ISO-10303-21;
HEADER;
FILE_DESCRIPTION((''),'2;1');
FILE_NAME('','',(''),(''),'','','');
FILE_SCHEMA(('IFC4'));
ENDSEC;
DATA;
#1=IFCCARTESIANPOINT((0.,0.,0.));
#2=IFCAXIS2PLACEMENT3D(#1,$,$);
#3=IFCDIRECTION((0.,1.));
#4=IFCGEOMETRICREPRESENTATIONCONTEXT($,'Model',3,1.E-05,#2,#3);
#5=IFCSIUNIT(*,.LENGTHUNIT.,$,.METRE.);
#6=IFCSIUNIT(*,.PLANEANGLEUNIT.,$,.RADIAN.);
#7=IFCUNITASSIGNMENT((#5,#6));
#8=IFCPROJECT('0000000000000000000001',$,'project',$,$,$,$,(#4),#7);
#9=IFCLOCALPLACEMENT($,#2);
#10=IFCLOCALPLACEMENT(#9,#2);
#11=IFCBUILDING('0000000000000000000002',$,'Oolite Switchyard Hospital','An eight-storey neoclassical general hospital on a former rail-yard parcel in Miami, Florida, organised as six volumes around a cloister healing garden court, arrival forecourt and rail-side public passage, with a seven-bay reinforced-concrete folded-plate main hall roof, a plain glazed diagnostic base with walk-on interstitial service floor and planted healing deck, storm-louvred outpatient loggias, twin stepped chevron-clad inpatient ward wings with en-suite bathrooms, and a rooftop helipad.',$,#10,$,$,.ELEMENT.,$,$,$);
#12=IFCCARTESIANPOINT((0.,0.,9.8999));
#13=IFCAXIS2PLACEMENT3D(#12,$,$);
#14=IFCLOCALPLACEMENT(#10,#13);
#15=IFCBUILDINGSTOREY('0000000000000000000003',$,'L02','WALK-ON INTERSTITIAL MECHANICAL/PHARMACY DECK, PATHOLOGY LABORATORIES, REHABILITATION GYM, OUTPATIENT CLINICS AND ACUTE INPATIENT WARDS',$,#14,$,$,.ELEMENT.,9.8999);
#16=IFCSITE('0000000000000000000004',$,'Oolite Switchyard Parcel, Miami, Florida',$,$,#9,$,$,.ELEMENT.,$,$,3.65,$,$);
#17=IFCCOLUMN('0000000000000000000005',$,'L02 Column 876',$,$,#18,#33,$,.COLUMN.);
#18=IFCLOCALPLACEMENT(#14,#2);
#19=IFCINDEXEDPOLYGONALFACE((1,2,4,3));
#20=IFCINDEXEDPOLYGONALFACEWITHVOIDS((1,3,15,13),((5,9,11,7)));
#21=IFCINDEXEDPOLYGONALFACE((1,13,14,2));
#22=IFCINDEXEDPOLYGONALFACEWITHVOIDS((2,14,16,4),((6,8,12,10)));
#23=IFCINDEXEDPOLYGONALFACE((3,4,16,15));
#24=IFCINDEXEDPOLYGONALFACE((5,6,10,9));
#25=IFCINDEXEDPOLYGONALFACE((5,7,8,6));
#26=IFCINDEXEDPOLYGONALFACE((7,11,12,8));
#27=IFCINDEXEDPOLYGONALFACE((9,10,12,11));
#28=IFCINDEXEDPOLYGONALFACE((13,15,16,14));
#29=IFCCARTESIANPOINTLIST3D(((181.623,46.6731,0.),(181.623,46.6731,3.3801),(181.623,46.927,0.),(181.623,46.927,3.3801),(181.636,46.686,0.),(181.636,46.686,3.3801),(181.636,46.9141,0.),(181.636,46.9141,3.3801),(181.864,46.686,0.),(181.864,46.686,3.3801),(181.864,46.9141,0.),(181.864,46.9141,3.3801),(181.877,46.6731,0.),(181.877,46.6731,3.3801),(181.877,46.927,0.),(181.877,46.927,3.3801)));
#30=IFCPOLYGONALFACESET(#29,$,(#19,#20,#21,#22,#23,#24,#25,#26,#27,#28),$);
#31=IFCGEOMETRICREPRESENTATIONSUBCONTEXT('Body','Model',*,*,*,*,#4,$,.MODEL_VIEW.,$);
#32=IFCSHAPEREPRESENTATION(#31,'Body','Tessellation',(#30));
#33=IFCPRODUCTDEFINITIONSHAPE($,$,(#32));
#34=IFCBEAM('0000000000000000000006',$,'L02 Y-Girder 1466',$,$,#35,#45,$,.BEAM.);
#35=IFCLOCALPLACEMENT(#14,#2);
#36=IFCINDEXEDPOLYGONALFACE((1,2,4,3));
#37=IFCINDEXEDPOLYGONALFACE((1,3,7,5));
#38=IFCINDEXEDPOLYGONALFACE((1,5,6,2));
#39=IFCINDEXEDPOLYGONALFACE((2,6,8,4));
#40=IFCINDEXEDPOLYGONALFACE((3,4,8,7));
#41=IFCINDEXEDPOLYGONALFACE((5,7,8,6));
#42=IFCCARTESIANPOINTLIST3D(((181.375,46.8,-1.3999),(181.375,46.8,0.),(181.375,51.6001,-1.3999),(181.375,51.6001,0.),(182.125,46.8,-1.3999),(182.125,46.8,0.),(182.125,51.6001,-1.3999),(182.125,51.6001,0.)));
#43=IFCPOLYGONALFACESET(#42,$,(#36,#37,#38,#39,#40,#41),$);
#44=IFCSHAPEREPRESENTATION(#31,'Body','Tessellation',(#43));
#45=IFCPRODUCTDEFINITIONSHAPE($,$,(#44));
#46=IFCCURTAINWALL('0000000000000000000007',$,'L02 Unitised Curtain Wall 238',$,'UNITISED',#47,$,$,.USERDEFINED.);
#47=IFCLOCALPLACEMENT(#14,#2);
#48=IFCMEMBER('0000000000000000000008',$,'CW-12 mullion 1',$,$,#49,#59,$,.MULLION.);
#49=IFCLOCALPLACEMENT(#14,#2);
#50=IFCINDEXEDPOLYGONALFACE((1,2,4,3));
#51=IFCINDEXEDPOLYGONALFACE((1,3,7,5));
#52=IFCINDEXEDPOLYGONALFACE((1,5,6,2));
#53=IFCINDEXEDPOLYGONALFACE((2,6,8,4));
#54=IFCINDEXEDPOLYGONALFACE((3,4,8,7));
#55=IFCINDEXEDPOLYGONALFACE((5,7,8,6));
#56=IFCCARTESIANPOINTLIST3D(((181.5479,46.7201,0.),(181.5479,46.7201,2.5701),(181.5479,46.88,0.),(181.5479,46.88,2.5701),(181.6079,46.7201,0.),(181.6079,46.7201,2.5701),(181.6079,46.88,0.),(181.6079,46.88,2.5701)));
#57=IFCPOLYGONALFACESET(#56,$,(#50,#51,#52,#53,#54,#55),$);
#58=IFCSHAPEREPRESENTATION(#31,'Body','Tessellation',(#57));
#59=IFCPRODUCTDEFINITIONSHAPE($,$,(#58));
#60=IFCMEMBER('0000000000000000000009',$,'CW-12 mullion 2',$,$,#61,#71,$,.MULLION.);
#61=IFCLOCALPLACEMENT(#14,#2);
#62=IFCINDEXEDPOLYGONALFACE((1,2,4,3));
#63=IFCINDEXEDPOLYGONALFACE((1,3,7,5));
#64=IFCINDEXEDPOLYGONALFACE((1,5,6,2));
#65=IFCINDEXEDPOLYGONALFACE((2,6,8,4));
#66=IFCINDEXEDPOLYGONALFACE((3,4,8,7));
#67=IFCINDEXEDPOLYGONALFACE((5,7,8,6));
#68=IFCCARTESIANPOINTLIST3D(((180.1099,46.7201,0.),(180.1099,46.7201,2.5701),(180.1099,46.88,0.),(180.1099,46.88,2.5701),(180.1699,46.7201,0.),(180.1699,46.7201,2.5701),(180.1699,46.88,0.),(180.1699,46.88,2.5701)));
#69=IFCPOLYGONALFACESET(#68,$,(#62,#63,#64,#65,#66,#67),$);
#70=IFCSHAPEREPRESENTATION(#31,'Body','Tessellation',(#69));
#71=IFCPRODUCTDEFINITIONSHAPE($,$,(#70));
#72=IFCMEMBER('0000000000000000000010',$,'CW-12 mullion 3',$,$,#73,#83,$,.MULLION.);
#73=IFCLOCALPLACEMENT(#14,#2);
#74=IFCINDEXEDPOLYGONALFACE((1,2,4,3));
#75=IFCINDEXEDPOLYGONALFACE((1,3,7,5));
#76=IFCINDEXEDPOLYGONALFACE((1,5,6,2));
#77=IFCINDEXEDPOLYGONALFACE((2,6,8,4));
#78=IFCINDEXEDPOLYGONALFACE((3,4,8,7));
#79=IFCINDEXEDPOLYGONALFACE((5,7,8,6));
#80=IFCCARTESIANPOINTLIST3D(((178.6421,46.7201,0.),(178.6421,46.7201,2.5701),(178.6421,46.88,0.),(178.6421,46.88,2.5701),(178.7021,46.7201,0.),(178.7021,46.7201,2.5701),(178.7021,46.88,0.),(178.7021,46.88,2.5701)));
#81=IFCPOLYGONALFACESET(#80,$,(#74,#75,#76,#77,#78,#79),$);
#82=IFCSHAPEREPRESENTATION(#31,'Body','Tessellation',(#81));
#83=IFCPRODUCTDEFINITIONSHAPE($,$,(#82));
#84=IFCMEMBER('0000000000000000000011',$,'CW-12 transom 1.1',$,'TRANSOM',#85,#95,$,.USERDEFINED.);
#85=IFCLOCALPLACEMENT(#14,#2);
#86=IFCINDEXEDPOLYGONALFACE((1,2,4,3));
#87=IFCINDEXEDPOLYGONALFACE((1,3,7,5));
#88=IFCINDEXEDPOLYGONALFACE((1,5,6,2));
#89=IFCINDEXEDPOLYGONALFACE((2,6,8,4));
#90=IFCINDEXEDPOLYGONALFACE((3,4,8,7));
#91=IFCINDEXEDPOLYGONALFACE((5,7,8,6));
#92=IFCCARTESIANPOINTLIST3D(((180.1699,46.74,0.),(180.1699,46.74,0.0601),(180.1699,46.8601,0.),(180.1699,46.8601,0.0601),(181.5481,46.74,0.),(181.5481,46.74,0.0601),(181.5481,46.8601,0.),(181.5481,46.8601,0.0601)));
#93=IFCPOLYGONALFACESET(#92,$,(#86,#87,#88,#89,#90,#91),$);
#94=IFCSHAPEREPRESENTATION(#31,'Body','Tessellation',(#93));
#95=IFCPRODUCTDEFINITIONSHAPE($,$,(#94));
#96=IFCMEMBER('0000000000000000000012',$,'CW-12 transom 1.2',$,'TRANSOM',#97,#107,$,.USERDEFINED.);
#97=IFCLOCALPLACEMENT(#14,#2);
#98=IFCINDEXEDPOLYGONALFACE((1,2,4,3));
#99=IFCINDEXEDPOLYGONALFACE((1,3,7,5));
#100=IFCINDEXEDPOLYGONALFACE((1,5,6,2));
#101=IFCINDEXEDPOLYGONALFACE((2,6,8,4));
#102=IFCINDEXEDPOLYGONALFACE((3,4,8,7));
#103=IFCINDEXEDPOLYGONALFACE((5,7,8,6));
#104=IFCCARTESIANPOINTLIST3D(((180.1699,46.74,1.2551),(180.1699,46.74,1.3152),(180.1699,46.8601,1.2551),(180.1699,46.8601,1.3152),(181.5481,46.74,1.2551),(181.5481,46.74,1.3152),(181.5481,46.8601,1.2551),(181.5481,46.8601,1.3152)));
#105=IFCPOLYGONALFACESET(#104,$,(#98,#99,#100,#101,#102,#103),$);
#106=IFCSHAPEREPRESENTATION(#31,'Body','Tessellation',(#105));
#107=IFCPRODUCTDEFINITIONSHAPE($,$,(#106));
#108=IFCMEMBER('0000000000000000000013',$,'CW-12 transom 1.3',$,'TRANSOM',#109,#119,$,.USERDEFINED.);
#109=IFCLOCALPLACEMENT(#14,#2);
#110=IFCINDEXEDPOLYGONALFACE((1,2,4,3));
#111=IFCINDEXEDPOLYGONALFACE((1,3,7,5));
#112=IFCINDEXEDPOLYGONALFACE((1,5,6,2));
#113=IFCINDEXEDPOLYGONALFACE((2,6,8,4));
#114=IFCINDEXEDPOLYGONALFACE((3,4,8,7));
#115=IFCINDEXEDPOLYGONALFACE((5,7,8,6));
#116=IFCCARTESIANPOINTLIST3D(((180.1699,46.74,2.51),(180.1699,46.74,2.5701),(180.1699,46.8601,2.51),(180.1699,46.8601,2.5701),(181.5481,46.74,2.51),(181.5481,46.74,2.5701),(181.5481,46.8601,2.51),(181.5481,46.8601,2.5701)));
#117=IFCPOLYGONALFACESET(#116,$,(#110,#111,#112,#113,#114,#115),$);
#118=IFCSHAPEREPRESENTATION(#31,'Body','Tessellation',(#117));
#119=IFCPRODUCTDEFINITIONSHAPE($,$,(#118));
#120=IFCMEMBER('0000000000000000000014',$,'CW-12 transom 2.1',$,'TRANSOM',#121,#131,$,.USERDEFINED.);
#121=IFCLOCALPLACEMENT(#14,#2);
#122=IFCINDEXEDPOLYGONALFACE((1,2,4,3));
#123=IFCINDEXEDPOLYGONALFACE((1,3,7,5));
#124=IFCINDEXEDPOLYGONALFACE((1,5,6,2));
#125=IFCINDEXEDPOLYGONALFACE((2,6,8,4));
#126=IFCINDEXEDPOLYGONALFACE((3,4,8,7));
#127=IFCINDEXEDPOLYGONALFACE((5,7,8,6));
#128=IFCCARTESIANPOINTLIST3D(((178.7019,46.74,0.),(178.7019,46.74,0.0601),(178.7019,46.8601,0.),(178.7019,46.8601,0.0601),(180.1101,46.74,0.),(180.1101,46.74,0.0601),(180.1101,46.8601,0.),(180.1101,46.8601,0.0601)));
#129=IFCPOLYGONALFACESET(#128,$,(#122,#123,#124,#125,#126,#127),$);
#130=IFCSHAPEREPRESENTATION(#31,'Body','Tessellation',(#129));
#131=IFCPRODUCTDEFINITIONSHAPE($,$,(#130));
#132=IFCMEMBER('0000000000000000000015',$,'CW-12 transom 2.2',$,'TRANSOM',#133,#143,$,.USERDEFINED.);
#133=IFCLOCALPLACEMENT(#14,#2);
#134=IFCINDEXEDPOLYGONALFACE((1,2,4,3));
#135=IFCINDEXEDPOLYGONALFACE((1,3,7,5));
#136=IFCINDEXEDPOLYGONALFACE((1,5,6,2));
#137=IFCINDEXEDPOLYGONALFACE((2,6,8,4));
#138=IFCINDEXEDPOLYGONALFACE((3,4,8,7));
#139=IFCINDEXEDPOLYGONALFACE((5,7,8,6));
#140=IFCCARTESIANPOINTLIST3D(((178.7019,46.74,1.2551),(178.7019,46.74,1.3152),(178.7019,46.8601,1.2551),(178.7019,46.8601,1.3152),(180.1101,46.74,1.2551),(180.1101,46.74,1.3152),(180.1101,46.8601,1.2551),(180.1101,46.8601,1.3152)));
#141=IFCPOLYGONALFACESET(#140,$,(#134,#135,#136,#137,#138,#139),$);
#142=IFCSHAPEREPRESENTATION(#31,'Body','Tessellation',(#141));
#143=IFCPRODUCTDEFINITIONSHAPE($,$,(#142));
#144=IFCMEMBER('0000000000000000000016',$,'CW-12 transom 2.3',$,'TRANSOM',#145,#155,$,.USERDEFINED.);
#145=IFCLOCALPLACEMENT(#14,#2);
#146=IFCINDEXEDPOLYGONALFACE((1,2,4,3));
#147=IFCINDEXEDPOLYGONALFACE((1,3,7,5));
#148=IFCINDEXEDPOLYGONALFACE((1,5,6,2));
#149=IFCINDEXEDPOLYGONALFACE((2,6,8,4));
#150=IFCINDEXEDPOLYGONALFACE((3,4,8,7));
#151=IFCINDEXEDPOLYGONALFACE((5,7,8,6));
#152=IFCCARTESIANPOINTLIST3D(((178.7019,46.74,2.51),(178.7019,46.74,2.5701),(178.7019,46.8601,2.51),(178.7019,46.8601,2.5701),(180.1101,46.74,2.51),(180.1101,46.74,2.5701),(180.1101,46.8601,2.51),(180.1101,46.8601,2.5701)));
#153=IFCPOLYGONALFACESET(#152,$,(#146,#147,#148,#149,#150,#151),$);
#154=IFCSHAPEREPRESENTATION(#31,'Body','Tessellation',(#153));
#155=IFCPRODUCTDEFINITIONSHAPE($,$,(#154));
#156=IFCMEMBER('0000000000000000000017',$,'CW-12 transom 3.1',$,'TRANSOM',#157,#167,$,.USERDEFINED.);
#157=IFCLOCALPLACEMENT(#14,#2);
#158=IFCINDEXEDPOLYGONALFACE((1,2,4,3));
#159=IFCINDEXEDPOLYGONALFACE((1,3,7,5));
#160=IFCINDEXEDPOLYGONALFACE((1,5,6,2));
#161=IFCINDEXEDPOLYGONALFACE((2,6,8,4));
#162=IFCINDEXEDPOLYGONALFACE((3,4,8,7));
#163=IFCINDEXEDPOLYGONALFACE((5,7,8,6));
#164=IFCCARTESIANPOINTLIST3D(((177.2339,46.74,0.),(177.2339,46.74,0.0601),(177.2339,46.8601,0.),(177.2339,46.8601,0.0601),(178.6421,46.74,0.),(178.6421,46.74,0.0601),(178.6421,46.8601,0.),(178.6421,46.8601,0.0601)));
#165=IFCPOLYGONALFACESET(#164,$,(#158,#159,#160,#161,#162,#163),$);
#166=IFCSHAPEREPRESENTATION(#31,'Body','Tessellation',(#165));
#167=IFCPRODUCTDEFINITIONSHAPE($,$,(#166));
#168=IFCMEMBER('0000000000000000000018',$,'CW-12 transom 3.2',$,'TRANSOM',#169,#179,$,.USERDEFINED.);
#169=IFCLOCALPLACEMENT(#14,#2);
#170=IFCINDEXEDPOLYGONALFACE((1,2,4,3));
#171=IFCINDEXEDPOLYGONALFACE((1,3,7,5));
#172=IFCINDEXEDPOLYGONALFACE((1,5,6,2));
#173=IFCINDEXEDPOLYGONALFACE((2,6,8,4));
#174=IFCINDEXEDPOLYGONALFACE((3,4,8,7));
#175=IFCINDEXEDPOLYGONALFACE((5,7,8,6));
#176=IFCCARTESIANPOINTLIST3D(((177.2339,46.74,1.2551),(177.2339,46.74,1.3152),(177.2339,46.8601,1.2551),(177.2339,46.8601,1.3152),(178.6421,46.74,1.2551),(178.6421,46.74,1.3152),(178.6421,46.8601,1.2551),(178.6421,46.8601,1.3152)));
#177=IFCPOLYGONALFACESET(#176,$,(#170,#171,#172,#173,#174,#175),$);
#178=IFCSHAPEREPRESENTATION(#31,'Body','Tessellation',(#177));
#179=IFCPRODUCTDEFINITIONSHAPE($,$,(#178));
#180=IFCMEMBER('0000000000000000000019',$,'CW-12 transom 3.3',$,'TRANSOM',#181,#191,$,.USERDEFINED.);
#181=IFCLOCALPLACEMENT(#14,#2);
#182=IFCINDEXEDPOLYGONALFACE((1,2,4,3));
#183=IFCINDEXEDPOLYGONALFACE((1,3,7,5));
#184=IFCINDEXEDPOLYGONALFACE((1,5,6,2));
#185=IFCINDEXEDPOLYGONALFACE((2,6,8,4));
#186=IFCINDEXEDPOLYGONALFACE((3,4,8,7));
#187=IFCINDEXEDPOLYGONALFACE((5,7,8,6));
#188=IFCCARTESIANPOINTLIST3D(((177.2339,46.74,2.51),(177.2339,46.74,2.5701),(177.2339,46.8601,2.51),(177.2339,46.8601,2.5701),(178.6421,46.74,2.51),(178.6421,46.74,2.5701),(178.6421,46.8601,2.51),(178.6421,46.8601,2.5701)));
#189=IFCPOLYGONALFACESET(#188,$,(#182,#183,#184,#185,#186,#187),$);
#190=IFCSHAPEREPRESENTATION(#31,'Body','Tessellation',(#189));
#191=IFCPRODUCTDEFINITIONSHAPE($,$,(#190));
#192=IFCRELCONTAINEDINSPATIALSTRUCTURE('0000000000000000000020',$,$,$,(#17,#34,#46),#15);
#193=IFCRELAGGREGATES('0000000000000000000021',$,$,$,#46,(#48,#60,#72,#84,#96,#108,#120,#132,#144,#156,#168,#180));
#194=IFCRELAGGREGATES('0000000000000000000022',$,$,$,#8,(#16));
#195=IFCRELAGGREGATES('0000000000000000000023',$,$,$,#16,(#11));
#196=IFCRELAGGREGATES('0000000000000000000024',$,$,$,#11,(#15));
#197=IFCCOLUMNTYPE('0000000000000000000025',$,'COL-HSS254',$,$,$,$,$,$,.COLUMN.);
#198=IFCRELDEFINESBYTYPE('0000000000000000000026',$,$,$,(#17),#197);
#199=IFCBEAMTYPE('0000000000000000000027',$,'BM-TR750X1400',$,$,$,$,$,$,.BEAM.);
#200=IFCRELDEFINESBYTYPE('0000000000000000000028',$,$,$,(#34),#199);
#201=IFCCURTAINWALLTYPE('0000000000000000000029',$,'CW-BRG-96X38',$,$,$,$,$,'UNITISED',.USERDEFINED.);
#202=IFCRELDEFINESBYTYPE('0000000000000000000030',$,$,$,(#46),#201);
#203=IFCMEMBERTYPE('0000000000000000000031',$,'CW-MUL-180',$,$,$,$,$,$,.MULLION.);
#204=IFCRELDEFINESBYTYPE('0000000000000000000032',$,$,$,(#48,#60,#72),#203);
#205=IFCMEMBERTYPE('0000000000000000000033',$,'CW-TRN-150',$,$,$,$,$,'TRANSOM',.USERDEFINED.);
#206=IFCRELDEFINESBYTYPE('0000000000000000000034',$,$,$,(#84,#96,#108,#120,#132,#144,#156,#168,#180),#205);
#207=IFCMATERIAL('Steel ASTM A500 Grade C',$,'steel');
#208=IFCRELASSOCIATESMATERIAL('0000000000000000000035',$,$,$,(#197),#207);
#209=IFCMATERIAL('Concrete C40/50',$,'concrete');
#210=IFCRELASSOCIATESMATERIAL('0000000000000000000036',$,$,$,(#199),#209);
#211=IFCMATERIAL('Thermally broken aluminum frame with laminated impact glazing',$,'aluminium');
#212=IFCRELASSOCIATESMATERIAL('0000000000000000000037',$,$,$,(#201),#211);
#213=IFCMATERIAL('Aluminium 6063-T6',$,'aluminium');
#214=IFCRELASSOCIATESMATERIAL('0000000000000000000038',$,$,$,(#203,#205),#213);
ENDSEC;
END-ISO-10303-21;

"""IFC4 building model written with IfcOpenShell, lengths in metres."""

from ifc_helpers import new_model, si_unit, direction, frame, origin, origin_2d, place, context, subcontext, project, spatial, rectangle, hollow_rectangle, extrude, material, material_profile, profile_set, type_object, element, aggregate, save


model = new_model("IFC4")

# Units and contexts
model_context = context("Model", 3, precision=1e-05, world=origin(), true_north=direction((0.0, 1.0)))
body_context = subcontext(model_context, "Body", "Model", "MODEL_VIEW")
ifc_project = project(units=[si_unit("LENGTHUNIT", "METRE"), si_unit("PLANEANGLEUNIT", "RADIAN")], contexts=[model_context])

# Site, building, storey
site_placement = place(None, origin())
site = spatial("IfcSite", under=ifc_project, at=site_placement, Name="Oolite Switchyard Parcel, Miami, Florida", CompositionType="ELEMENT", RefElevation=3.65)
building_placement = place(site_placement, origin())
building = spatial("IfcBuilding", under=site, at=building_placement, Name="Oolite Switchyard Hospital", Description="An eight-storey neoclassical general hospital on a former rail-yard parcel in Miami, Florida, organised as six volumes around a cloister healing garden court, arrival forecourt and rail-side public passage, with a seven-bay reinforced-concrete folded-plate main hall roof, a plain glazed diagnostic base with walk-on interstitial service floor and planted healing deck, storm-louvred outpatient loggias, twin stepped chevron-clad inpatient ward wings with en-suite bathrooms, and a rooftop helipad.", CompositionType="ELEMENT")
storey_placement = place(building_placement, frame((0.0, 0.0, 9.8999)))
storey = spatial("IfcBuildingStorey", under=building, at=storey_placement, Name="L02", Description="WALK-ON INTERSTITIAL MECHANICAL/PHARMACY DECK, PATHOLOGY LABORATORIES, REHABILITATION GYM, OUTPATIENT CLINICS AND ACUTE INPATIENT WARDS", CompositionType="ELEMENT", Elevation=9.8999)

# Column
ifc_material_1 = material(Name="Steel ASTM A500 Grade C", Category="steel")
ifc_material_profile_1 = material_profile(ifc_material_1, hollow_rectangle(XDim=0.2539, YDim=0.2539, WallThickness=0.0129, at=origin_2d()), Name="HSS254X254X13")
ifc_profile_set_1 = profile_set([ifc_material_profile_1], Name="Steel ASTM A500 Grade C")
column_type = type_object("IfcColumnType", Name="COL-HSS254", PredefinedType="COLUMN", material=ifc_profile_set_1)
column_placement = place(storey_placement, frame((181.75, 46.8, 0.0), z_axis=(0.0, 0.0, 1.0), x_axis=(1.0, 0.0, 0.0)))
element("IfcColumn", 1, at=column_placement, inside=storey, type_object=column_type, Name="L02 Column 876", PredefinedType="COLUMN", context=body_context, shape_type="SweptSolid", body=[
    extrude(hollow_rectangle(XDim=0.2539, YDim=0.2539, WallThickness=0.0129, at=origin_2d()), origin(), (0.0, 0.0, 1.0), 3.3801),
])

# Beam
ifc_material_2 = material(Name="Concrete C40/50", Category="concrete")
ifc_material_profile_2 = material_profile(ifc_material_2, rectangle(XDim=0.75, YDim=1.3999, at=origin_2d()), Name="RCT750X1400")
ifc_profile_set_2 = profile_set([ifc_material_profile_2], Name="Concrete C40/50")
beam_type = type_object("IfcBeamType", Name="BM-TR750X1400", PredefinedType="BEAM", material=ifc_profile_set_2)
beam_placement = place(storey_placement, frame((181.75, 46.8, -0.7), z_axis=(0.0, 1.0, 0.0), x_axis=(-1.0, 0.0, 0.0)))
element("IfcBeam", 2, at=beam_placement, inside=storey, type_object=beam_type, Name="L02 Y-Girder 1466", PredefinedType="BEAM", context=body_context, shape_type="SweptSolid", body=[
    extrude(rectangle(XDim=0.75, YDim=1.3999, at=origin_2d()), origin(), (0.0, 0.0, 1.0), 4.8),
])

# Curtain wall, members
ifc_material_3 = material(Name="Thermally broken aluminum frame with laminated impact glazing", Category="aluminium")
curtain_wall_type = type_object("IfcCurtainWallType", Name="CW-BRG-96X38", ElementType="UNITISED", PredefinedType="USERDEFINED", material=ifc_material_3)
curtain_wall_1_placement = place(storey_placement, origin())
curtain_wall_1 = element("IfcCurtainWall", 3, at=curtain_wall_1_placement, inside=storey, type_object=curtain_wall_type, Name="L02 Unitised Curtain Wall 238", ObjectType="UNITISED", PredefinedType="USERDEFINED")
ifc_material_4 = material(Name="Aluminium 6063-T6", Category="aluminium")
ifc_material_profile_3 = material_profile(ifc_material_4, rectangle(XDim=0.1599, YDim=0.0601, at=origin_2d()), Name="CWM60X160")
ifc_profile_set_3 = profile_set([ifc_material_profile_3], Name="Aluminium 6063-T6")
member_type_1 = type_object("IfcMemberType", Name="CW-MUL-180", PredefinedType="MULLION", material=ifc_profile_set_3)
member_1_placement = place(storey_placement, frame((181.5779, 46.8, 0.0), z_axis=(0.0, 0.0, 1.0), x_axis=(0.0, -1.0, 0.0)))
member_1 = element("IfcMember", 4, at=member_1_placement, type_object=member_type_1, Name="CW-12 mullion 1", PredefinedType="MULLION", context=body_context, shape_type="SweptSolid", body=[
    extrude(rectangle(XDim=0.1599, YDim=0.0601, at=origin_2d()), origin(), (0.0, 0.0, 1.0), 2.5701),
])
member_2_placement = place(storey_placement, frame((180.1399, 46.8, 0.0), z_axis=(0.0, 0.0, 1.0), x_axis=(0.0, -1.0, 0.0)))
member_2 = element("IfcMember", 5, at=member_2_placement, type_object=member_type_1, Name="CW-12 mullion 2", PredefinedType="MULLION", context=body_context, shape_type="SweptSolid", body=[
    extrude(rectangle(XDim=0.1599, YDim=0.0601, at=origin_2d()), origin(), (0.0, 0.0, 1.0), 2.5701),
])
member_3_placement = place(storey_placement, frame((178.6721, 46.8, 0.0), z_axis=(0.0, 0.0, 1.0), x_axis=(0.0, -1.0, 0.0)))
member_3 = element("IfcMember", 6, at=member_3_placement, type_object=member_type_1, Name="CW-12 mullion 3", PredefinedType="MULLION", context=body_context, shape_type="SweptSolid", body=[
    extrude(rectangle(XDim=0.1599, YDim=0.0601, at=origin_2d()), origin(), (0.0, 0.0, 1.0), 2.5701),
])
ifc_material_profile_4 = material_profile(ifc_material_4, rectangle(XDim=0.1201, YDim=0.0601, at=origin_2d()), Name="CWT60X120")
ifc_profile_set_4 = profile_set([ifc_material_profile_4], Name="Aluminium 6063-T6")
member_type_2 = type_object("IfcMemberType", Name="CW-TRN-150", ElementType="TRANSOM", PredefinedType="USERDEFINED", material=ifc_profile_set_4)
member_4_placement = place(storey_placement, frame((181.5481, 46.8, 0.03), z_axis=(-1.0, 0.0, 0.0), x_axis=(0.0, -1.0, 0.0)))
member_4 = element("IfcMember", 7, at=member_4_placement, type_object=member_type_2, Name="CW-12 transom 1.1", ObjectType="TRANSOM", PredefinedType="USERDEFINED", context=body_context, shape_type="SweptSolid", body=[
    extrude(rectangle(XDim=0.1201, YDim=0.0601, at=origin_2d()), origin(), (0.0, 0.0, 1.0), 1.3782),
])
member_5_placement = place(storey_placement, frame((181.5481, 46.8, 1.2852), z_axis=(-1.0, 0.0, 0.0), x_axis=(0.0, -1.0, 0.0)))
member_5 = element("IfcMember", 8, at=member_5_placement, type_object=member_type_2, Name="CW-12 transom 1.2", ObjectType="TRANSOM", PredefinedType="USERDEFINED", context=body_context, shape_type="SweptSolid", body=[
    extrude(rectangle(XDim=0.1201, YDim=0.0601, at=origin_2d()), origin(), (0.0, 0.0, 1.0), 1.3782),
])
member_6_placement = place(storey_placement, frame((181.5481, 46.8, 2.54), z_axis=(-1.0, 0.0, 0.0), x_axis=(0.0, -1.0, 0.0)))
member_6 = element("IfcMember", 9, at=member_6_placement, type_object=member_type_2, Name="CW-12 transom 1.3", ObjectType="TRANSOM", PredefinedType="USERDEFINED", context=body_context, shape_type="SweptSolid", body=[
    extrude(rectangle(XDim=0.1201, YDim=0.0601, at=origin_2d()), origin(), (0.0, 0.0, 1.0), 1.3782),
])
member_7_placement = place(storey_placement, frame((180.1101, 46.8, 0.03), z_axis=(-1.0, 0.0, 0.0), x_axis=(0.0, -1.0, 0.0)))
member_7 = element("IfcMember", 10, at=member_7_placement, type_object=member_type_2, Name="CW-12 transom 2.1", ObjectType="TRANSOM", PredefinedType="USERDEFINED", context=body_context, shape_type="SweptSolid", body=[
    extrude(rectangle(XDim=0.1201, YDim=0.0601, at=origin_2d()), origin(), (0.0, 0.0, 1.0), 1.4082),
])
member_8_placement = place(storey_placement, frame((180.1101, 46.8, 1.2852), z_axis=(-1.0, 0.0, 0.0), x_axis=(0.0, -1.0, 0.0)))
member_8 = element("IfcMember", 11, at=member_8_placement, type_object=member_type_2, Name="CW-12 transom 2.2", ObjectType="TRANSOM", PredefinedType="USERDEFINED", context=body_context, shape_type="SweptSolid", body=[
    extrude(rectangle(XDim=0.1201, YDim=0.0601, at=origin_2d()), origin(), (0.0, 0.0, 1.0), 1.4082),
])
member_9_placement = place(storey_placement, frame((180.1101, 46.8, 2.54), z_axis=(-1.0, 0.0, 0.0), x_axis=(0.0, -1.0, 0.0)))
member_9 = element("IfcMember", 12, at=member_9_placement, type_object=member_type_2, Name="CW-12 transom 2.3", ObjectType="TRANSOM", PredefinedType="USERDEFINED", context=body_context, shape_type="SweptSolid", body=[
    extrude(rectangle(XDim=0.1201, YDim=0.0601, at=origin_2d()), origin(), (0.0, 0.0, 1.0), 1.4082),
])
member_10_placement = place(storey_placement, frame((178.6421, 46.8, 0.03), z_axis=(-1.0, 0.0, 0.0), x_axis=(0.0, -1.0, 0.0)))
member_10 = element("IfcMember", 13, at=member_10_placement, type_object=member_type_2, Name="CW-12 transom 3.1", ObjectType="TRANSOM", PredefinedType="USERDEFINED", context=body_context, shape_type="SweptSolid", body=[
    extrude(rectangle(XDim=0.1201, YDim=0.0601, at=origin_2d()), origin(), (0.0, 0.0, 1.0), 1.4082),
])
member_11_placement = place(storey_placement, frame((178.6421, 46.8, 1.2852), z_axis=(-1.0, 0.0, 0.0), x_axis=(0.0, -1.0, 0.0)))
member_11 = element("IfcMember", 14, at=member_11_placement, type_object=member_type_2, Name="CW-12 transom 3.2", ObjectType="TRANSOM", PredefinedType="USERDEFINED", context=body_context, shape_type="SweptSolid", body=[
    extrude(rectangle(XDim=0.1201, YDim=0.0601, at=origin_2d()), origin(), (0.0, 0.0, 1.0), 1.4082),
])
member_12_placement = place(storey_placement, frame((178.6421, 46.8, 2.54), z_axis=(-1.0, 0.0, 0.0), x_axis=(0.0, -1.0, 0.0)))
member_12 = element("IfcMember", 15, at=member_12_placement, type_object=member_type_2, Name="CW-12 transom 3.3", ObjectType="TRANSOM", PredefinedType="USERDEFINED", context=body_context, shape_type="SweptSolid", body=[
    extrude(rectangle(XDim=0.1201, YDim=0.0601, at=origin_2d()), origin(), (0.0, 0.0, 1.0), 1.4082),
])

aggregate(curtain_wall_1, [member_1, member_2, member_3, member_4, member_5, member_6, member_7, member_8, member_9, member_10, member_11, member_12])

save(model, "model.ifc")
